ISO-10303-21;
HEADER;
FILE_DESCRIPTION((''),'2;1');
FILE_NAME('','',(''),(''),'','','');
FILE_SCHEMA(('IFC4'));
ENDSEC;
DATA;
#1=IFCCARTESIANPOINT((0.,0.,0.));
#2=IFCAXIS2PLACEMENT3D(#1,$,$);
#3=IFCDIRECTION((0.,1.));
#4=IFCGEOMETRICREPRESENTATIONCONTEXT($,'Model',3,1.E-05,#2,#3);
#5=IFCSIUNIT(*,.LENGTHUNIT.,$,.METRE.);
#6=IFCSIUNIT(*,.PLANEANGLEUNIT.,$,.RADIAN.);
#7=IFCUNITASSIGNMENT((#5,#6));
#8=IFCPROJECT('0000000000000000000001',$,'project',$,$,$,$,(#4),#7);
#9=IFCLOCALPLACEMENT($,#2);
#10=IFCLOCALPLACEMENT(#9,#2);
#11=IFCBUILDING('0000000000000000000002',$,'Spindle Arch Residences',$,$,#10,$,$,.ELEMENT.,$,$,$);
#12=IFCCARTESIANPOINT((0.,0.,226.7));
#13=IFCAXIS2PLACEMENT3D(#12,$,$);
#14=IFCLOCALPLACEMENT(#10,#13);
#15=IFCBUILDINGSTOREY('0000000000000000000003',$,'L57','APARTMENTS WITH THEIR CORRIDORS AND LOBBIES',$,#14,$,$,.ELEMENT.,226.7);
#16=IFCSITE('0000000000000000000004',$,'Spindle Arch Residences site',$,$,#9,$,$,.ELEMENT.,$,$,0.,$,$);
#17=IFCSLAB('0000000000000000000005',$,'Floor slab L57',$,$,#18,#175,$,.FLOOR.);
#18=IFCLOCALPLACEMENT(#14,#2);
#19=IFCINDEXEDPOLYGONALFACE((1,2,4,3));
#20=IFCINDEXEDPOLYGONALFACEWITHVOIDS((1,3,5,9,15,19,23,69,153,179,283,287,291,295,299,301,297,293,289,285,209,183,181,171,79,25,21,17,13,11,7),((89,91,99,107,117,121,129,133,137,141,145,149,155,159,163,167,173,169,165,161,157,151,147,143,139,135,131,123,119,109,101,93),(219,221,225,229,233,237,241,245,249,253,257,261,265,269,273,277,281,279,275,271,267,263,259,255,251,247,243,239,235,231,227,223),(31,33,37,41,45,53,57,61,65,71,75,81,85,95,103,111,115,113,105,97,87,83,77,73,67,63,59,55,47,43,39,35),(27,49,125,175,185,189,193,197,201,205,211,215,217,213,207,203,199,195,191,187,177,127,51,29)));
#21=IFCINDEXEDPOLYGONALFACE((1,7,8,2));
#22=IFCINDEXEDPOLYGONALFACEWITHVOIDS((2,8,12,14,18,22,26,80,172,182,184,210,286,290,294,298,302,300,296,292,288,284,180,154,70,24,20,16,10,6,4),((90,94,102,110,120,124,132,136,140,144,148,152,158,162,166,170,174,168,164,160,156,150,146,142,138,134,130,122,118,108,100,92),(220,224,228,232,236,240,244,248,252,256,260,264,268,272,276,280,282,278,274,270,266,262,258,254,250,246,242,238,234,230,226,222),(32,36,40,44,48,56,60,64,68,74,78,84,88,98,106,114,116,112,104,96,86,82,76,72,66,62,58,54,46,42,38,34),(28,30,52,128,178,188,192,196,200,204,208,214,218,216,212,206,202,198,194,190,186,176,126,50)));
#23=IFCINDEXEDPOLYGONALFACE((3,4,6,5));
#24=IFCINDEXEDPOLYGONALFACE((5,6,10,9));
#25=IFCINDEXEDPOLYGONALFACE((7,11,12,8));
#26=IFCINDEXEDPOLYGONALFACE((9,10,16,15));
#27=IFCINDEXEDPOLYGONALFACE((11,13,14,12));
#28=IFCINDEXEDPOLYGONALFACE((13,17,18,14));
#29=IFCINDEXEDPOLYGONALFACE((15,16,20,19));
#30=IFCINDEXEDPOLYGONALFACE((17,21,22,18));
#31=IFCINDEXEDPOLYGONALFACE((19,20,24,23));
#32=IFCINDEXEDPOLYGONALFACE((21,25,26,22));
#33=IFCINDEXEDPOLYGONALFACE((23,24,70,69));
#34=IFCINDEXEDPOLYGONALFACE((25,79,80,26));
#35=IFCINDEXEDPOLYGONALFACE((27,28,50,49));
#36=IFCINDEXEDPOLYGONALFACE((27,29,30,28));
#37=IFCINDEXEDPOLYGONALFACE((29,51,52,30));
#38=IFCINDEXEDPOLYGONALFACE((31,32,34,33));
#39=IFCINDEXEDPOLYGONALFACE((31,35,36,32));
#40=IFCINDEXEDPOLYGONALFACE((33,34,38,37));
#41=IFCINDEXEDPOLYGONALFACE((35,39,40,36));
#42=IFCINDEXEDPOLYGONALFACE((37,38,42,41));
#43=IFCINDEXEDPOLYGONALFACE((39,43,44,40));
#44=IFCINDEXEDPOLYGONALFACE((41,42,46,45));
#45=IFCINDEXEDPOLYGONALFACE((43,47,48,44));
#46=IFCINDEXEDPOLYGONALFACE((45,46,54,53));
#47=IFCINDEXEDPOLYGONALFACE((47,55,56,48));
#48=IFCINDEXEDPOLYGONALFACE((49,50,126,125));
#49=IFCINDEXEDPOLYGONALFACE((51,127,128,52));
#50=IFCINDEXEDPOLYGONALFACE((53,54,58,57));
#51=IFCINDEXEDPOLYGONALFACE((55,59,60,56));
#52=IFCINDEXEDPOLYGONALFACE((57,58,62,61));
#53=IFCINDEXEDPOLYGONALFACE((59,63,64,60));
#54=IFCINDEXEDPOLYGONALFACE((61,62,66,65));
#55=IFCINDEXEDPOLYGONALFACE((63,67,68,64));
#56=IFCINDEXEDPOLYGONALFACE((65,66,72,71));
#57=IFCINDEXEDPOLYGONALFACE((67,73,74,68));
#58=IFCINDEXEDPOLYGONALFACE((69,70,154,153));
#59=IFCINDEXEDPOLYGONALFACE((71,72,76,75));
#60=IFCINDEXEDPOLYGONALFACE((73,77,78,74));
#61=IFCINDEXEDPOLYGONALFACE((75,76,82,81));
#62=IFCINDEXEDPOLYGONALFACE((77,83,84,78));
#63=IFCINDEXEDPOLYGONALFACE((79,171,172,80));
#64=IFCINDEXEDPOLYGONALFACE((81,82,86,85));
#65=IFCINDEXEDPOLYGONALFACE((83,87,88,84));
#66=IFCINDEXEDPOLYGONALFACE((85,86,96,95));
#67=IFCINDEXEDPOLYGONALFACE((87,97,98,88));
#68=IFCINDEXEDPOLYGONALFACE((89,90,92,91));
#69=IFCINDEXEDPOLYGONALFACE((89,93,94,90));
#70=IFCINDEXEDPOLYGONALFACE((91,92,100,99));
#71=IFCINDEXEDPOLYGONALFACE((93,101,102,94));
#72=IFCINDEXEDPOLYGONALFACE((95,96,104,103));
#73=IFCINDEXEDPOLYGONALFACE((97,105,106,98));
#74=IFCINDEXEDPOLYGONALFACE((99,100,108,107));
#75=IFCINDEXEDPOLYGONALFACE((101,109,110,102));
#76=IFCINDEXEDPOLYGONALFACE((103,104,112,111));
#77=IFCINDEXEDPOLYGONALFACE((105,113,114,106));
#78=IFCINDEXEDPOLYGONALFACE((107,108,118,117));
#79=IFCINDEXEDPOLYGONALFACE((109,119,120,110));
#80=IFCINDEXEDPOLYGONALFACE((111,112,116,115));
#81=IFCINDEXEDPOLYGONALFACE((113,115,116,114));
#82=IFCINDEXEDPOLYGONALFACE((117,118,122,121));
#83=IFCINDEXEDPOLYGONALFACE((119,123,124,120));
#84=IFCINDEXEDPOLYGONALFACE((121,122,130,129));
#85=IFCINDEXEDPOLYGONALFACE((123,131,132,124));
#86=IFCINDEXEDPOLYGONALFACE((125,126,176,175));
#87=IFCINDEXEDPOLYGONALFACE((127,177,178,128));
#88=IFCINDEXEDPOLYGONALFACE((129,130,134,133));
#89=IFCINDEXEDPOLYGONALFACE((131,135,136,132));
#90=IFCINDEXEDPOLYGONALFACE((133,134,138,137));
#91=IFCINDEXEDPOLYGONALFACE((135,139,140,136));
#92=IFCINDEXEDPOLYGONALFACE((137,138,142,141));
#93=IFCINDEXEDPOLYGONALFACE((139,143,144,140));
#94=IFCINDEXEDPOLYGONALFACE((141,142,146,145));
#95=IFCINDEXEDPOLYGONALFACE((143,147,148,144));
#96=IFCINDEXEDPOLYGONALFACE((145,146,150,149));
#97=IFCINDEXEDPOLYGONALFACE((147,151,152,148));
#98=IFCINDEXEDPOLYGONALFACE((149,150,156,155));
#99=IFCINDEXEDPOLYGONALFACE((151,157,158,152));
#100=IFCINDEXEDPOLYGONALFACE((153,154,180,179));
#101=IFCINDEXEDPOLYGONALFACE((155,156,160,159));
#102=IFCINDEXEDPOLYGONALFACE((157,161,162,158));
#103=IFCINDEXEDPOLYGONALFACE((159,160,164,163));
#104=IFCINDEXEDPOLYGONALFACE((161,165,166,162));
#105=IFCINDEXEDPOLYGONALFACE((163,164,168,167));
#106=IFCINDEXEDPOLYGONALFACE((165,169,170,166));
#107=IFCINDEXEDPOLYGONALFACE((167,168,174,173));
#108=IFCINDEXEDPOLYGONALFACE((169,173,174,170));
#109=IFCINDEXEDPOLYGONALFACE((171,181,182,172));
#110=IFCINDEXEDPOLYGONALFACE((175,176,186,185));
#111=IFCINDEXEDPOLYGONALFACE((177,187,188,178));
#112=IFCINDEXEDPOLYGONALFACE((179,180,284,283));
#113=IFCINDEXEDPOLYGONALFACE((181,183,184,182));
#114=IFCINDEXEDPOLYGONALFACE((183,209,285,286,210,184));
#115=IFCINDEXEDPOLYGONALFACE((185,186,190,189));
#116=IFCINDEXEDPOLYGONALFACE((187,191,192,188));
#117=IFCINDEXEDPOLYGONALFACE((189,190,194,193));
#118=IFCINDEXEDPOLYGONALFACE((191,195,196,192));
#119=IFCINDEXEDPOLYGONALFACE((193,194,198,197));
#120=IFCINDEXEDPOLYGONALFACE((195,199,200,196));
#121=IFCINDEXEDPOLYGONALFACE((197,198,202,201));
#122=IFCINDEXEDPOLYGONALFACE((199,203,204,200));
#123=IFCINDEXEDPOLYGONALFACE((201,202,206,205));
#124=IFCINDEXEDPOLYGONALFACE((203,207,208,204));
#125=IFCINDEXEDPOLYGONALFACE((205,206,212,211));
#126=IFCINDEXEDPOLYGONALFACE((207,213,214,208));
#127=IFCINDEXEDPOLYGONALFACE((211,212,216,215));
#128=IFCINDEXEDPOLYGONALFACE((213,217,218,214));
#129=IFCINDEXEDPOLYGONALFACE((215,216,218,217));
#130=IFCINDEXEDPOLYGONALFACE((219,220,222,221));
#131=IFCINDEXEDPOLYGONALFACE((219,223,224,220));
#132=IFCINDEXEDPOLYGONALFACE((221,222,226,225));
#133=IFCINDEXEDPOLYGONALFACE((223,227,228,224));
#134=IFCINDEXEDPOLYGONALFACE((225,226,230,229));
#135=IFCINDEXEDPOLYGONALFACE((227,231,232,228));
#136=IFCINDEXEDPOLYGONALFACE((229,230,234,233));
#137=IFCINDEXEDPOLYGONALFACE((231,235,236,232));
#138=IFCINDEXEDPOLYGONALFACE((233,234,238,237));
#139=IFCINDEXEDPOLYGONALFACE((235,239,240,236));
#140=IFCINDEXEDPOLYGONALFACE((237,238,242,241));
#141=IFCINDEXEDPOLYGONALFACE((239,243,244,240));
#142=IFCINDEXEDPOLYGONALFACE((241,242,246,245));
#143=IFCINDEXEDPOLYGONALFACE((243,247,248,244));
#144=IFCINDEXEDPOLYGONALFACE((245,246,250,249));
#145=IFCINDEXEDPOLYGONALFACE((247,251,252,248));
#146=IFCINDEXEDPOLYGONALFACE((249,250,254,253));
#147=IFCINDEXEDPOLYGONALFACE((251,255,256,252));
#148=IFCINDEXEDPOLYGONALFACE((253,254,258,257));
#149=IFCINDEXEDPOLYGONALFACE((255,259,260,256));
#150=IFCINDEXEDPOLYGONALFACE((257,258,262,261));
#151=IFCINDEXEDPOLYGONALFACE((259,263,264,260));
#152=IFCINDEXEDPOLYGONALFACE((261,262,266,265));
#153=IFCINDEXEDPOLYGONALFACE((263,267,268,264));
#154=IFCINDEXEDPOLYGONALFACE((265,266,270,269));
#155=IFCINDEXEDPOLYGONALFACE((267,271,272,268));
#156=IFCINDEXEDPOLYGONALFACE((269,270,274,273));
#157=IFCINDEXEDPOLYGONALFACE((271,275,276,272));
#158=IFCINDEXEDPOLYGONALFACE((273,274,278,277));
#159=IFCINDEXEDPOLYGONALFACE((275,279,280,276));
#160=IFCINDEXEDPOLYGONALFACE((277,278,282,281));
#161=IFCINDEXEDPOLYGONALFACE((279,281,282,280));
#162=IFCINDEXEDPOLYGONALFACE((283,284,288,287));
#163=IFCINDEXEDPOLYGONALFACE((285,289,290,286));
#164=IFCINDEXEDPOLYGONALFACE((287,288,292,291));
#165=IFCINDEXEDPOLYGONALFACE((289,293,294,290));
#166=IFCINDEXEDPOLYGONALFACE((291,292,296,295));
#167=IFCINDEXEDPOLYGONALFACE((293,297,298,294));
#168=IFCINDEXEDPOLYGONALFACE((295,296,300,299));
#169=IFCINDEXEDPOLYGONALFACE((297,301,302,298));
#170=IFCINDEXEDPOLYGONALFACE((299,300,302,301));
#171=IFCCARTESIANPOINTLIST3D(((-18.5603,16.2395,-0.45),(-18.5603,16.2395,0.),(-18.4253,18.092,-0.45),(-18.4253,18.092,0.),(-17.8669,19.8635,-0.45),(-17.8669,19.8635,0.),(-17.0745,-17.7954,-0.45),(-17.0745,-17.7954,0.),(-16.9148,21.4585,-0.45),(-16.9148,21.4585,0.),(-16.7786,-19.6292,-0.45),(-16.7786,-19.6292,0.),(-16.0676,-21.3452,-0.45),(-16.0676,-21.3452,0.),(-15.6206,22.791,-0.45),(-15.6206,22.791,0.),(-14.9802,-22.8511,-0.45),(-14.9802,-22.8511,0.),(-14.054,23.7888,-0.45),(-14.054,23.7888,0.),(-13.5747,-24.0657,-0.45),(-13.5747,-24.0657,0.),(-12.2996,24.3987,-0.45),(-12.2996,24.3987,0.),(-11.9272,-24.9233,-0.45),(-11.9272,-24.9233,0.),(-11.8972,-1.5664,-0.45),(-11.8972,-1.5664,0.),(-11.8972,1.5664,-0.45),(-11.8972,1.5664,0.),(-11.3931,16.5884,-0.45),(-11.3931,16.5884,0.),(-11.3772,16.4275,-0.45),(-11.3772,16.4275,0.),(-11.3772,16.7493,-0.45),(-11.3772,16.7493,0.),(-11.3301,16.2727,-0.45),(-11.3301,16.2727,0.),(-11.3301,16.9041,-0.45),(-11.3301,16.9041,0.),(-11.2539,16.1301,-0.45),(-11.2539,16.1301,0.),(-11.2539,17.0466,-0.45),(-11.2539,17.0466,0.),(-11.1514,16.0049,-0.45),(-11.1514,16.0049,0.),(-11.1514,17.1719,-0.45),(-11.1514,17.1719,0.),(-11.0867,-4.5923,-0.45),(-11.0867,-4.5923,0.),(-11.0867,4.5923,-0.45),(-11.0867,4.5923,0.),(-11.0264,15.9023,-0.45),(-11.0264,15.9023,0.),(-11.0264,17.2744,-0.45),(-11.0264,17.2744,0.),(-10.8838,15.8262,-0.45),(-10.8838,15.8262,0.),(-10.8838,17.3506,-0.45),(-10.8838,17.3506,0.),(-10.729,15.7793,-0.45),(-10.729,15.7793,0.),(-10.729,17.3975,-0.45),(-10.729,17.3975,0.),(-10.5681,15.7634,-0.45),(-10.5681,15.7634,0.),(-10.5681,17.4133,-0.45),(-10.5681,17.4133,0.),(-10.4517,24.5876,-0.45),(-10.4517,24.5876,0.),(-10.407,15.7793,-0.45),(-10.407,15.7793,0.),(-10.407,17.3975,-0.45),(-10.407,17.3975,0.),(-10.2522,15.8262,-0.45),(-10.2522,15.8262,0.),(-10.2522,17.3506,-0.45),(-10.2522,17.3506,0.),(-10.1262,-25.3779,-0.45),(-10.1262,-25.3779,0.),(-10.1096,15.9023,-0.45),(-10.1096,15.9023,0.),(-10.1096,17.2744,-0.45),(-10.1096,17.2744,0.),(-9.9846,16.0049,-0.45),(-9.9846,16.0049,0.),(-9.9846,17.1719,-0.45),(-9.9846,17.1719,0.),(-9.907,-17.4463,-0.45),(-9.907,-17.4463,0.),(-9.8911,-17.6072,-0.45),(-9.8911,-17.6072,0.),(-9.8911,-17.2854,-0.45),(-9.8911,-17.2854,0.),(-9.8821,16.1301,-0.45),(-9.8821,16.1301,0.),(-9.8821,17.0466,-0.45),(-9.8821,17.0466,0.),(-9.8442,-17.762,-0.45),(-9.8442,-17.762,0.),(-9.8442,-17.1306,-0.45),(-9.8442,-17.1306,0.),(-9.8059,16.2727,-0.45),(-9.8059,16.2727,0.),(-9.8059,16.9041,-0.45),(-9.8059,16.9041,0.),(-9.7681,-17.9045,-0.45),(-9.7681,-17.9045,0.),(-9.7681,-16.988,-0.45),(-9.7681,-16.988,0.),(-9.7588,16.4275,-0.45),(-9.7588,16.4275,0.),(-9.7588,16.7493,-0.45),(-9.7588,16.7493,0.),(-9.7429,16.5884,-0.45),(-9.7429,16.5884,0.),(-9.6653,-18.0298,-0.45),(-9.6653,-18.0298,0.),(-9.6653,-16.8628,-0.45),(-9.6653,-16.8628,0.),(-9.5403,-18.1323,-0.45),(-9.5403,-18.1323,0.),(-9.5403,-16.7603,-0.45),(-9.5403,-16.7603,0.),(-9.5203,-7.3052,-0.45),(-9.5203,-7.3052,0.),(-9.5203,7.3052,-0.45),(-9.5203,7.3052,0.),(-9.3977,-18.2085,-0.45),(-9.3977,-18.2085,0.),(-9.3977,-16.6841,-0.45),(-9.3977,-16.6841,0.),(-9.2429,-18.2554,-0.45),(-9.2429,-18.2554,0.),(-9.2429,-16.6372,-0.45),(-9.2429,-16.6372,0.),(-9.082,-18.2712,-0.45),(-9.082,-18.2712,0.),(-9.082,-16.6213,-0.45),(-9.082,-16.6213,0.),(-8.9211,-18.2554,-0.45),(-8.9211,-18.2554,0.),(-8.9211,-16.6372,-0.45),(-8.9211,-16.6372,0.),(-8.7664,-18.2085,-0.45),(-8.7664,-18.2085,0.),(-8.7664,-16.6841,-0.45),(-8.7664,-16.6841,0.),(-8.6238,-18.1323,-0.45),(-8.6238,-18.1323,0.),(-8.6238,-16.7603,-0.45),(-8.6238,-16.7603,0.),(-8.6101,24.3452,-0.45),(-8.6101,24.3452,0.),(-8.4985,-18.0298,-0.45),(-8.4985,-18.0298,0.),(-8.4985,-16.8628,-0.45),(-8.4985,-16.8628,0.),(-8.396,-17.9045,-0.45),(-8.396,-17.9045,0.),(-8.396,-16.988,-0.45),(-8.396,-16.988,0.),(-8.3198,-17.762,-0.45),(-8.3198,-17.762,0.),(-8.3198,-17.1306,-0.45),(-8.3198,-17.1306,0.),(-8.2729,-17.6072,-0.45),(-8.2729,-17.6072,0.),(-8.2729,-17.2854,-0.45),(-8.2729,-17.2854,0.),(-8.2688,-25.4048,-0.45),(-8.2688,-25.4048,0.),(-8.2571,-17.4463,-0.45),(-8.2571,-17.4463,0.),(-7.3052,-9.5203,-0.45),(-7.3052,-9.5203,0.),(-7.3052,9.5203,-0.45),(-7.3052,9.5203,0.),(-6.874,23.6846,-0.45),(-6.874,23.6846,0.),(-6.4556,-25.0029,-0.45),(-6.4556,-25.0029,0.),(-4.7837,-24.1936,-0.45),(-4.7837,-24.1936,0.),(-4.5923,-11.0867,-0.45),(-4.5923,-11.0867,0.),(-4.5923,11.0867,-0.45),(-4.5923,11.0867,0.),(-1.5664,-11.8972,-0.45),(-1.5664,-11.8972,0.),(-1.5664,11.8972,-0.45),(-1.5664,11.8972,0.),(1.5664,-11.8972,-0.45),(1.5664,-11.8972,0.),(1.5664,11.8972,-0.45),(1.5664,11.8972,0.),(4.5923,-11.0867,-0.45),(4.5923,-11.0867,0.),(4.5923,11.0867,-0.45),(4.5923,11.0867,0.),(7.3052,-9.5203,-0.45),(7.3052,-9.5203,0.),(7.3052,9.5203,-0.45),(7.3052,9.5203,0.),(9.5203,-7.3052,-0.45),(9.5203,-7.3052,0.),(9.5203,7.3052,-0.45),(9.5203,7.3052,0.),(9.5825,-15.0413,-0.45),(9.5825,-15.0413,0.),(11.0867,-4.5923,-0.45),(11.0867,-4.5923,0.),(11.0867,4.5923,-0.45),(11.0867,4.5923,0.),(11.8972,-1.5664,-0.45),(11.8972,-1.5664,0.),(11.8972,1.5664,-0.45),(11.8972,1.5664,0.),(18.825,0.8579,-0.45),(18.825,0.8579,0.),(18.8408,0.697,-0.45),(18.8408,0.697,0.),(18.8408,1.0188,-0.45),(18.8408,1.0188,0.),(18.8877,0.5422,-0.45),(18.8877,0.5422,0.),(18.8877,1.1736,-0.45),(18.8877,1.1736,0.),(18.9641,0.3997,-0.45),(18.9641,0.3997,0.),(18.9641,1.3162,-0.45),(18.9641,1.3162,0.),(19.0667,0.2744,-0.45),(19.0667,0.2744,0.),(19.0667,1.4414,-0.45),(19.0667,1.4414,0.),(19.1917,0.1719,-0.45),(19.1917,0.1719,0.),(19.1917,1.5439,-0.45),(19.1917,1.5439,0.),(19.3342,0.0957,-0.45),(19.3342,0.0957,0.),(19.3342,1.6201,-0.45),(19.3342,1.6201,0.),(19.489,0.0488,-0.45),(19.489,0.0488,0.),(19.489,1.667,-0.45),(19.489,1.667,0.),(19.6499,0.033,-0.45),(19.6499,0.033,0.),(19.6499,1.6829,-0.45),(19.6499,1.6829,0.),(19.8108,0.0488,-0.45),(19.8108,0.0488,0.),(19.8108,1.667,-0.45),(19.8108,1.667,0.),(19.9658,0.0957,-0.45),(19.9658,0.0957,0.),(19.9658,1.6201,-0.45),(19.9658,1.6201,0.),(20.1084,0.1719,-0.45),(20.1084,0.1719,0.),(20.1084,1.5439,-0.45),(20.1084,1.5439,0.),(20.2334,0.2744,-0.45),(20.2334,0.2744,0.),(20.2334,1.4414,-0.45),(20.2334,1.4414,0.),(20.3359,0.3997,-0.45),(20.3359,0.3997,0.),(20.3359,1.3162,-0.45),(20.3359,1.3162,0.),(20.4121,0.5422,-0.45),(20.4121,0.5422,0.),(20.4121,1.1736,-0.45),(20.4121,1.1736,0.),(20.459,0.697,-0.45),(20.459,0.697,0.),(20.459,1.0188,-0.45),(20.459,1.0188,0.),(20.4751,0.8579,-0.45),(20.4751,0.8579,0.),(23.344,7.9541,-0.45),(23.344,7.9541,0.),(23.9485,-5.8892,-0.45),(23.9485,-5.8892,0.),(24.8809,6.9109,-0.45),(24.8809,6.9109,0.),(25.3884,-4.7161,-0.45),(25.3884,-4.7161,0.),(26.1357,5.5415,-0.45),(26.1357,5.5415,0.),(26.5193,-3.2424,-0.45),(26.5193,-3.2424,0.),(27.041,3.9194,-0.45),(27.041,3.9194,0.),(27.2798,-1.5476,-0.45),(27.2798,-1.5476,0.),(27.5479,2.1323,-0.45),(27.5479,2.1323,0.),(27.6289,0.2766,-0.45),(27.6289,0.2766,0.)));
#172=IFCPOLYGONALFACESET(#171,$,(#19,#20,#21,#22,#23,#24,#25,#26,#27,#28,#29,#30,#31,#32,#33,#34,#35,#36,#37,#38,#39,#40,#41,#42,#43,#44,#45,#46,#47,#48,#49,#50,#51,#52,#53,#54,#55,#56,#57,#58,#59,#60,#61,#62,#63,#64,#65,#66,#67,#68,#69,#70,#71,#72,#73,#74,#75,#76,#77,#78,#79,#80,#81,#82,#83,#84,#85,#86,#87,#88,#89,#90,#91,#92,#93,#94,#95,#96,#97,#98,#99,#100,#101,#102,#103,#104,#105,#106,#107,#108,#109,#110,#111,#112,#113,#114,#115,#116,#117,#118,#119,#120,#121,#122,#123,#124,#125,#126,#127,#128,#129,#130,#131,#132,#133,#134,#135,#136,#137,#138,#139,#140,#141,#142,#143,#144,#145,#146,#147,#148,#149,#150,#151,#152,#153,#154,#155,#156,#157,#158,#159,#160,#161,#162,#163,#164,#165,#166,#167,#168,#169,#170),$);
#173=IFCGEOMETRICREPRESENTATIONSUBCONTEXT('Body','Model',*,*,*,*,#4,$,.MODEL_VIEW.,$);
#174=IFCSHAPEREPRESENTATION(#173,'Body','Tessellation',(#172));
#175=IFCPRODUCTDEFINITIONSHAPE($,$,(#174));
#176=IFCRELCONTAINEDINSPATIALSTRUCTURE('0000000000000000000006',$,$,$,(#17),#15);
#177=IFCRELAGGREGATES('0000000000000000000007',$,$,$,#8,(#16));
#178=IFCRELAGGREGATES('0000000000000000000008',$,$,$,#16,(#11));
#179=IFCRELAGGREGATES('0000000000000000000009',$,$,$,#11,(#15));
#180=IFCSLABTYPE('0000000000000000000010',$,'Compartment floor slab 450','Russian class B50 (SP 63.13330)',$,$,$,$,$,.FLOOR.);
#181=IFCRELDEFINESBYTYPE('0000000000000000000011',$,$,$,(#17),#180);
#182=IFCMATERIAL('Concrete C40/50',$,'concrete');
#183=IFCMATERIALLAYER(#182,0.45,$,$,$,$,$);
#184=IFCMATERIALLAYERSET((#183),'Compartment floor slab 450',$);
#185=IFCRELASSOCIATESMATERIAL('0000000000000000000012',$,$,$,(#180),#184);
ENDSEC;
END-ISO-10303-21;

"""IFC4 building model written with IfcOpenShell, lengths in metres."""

from ifc_helpers import new_model, si_unit, direction, frame, origin, place, context, subcontext, project, spatial, polyline, outline, extrude, material, layer, layer_set, type_object, element, save


model = new_model("IFC4")

# Units and contexts
model_context = context("Model", 3, precision=1e-05, world=origin(), true_north=direction((0.0, 1.0)))
body_context = subcontext(model_context, "Body", "Model", "MODEL_VIEW")
ifc_project = project(units=[si_unit("LENGTHUNIT", "METRE"), si_unit("PLANEANGLEUNIT", "RADIAN")], contexts=[model_context])

# Site, building, storey
site_placement = place(None, origin())
site = spatial("IfcSite", under=ifc_project, at=site_placement, Name="Spindle Arch Residences site", CompositionType="ELEMENT", RefElevation=0.0)
building_placement = place(site_placement, origin())
building = spatial("IfcBuilding", under=site, at=building_placement, Name="Spindle Arch Residences", CompositionType="ELEMENT")
storey_placement = place(building_placement, frame((0.0, 0.0, 226.7)))
storey = spatial("IfcBuildingStorey", under=building, at=storey_placement, Name="L57", Description="APARTMENTS WITH THEIR CORRIDORS AND LOBBIES", CompositionType="ELEMENT", Elevation=226.7)

# Slab
ifc_material_1 = material(Name="Concrete C40/50", Category="concrete")
ifc_layer_1 = layer(ifc_material_1, 0.45)
ifc_layer_set_1 = layer_set([ifc_layer_1], Name="Compartment floor slab 450")
slab_type_1 = type_object("IfcSlabType", Name="Compartment floor slab 450", Description="Russian class B50 (SP 63.13330)", PredefinedType="FLOOR", material=ifc_layer_set_1)
slab_1_placement = place(storey_placement, frame((0.0, 0.0, -0.45)))
element("IfcSlab", 1, at=slab_1_placement, inside=storey, type_object=slab_type_1, Name="Floor slab L57", PredefinedType="FLOOR", context=body_context, shape_type="SweptSolid", body=[
    extrude(outline(polyline([(-6.4556, -25.0029), (-8.2688, -25.4048), (-10.1262, -25.3779), (-11.9272, -24.9233), (-13.5747, -24.0657), (-14.9802, -22.8511), (-16.0676, -21.3452), (-16.7786, -19.6292), (-17.0745, -17.7954), (-18.5603, 16.2395), (-18.4253, 18.092), (-17.8669, 19.8635), (-16.9148, 21.4585), (-15.6206, 22.791), (-14.054, 23.7888), (-12.2996, 24.3987), (-10.4517, 24.5876), (-8.6101, 24.3452), (-6.874, 23.6846), (23.344, 7.9541), (24.8809, 6.9109), (26.1357, 5.5415), (27.041, 3.9194), (27.5479, 2.1323), (27.6289, 0.2766), (27.2798, -1.5476), (26.5193, -3.2424), (25.3884, -4.7161), (23.9485, -5.8892), (9.5825, -15.0413), (-4.7837, -24.1936), (-6.4556, -25.0029)]), holes=[polyline([(7.3052, -9.5203), (9.5203, -7.3052), (11.0867, -4.5923), (11.8972, -1.5664), (11.8972, 1.5664), (11.0867, 4.5923), (9.5203, 7.3052), (7.3052, 9.5203), (4.5923, 11.0867), (1.5664, 11.8972), (-1.5664, 11.8972), (-4.5923, 11.0867), (-7.3052, 9.5203), (-9.5203, 7.3052), (-11.0867, 4.5923), (-11.8972, 1.5664), (-11.8972, -1.5664), (-11.0867, -4.5923), (-9.5203, -7.3052), (-7.3052, -9.5203), (-4.5923, -11.0867), (-1.5664, -11.8972), (1.5664, -11.8972), (4.5923, -11.0867), (7.3052, -9.5203)]), polyline([(-8.396, -17.9045), (-8.3198, -17.762), (-8.2729, -17.6072), (-8.2571, -17.4463), (-8.2729, -17.2854), (-8.3198, -17.1306), (-8.396, -16.988), (-8.4985, -16.8628), (-8.6238, -16.7603), (-8.7664, -16.6841), (-8.9211, -16.6372), (-9.082, -16.6213), (-9.2429, -16.6372), (-9.3977, -16.6841), (-9.5403, -16.7603), (-9.6653, -16.8628), (-9.7681, -16.988), (-9.8442, -17.1306), (-9.8911, -17.2854), (-9.907, -17.4463), (-9.8911, -17.6072), (-9.8442, -17.762), (-9.7681, -17.9045), (-9.6653, -18.0298), (-9.5403, -18.1323), (-9.3977, -18.2085), (-9.2429, -18.2554), (-9.082, -18.2712), (-8.9211, -18.2554), (-8.7664, -18.2085), (-8.6238, -18.1323), (-8.4985, -18.0298), (-8.396, -17.9045)]), polyline([(-9.8821, 16.1301), (-9.8059, 16.2727), (-9.7588, 16.4275), (-9.7429, 16.5884), (-9.7588, 16.7493), (-9.8059, 16.9041), (-9.8821, 17.0466), (-9.9846, 17.1719), (-10.1096, 17.2744), (-10.2522, 17.3506), (-10.407, 17.3975), (-10.5681, 17.4133), (-10.729, 17.3975), (-10.8838, 17.3506), (-11.0264, 17.2744), (-11.1514, 17.1719), (-11.2539, 17.0466), (-11.3301, 16.9041), (-11.3772, 16.7493), (-11.3931, 16.5884), (-11.3772, 16.4275), (-11.3301, 16.2727), (-11.2539, 16.1301), (-11.1514, 16.0049), (-11.0264, 15.9023), (-10.8838, 15.8262), (-10.729, 15.7793), (-10.5681, 15.7634), (-10.407, 15.7793), (-10.2522, 15.8262), (-10.1096, 15.9023), (-9.9846, 16.0049), (-9.8821, 16.1301)]), polyline([(20.2334, 0.2744), (20.3359, 0.3997), (20.4121, 0.5422), (20.459, 0.697), (20.4751, 0.8579), (20.459, 1.0188), (20.4121, 1.1736), (20.3359, 1.3162), (20.2334, 1.4414), (20.1084, 1.5439), (19.9658, 1.6201), (19.8108, 1.667), (19.6499, 1.6829), (19.489, 1.667), (19.3342, 1.6201), (19.1917, 1.5439), (19.0667, 1.4414), (18.9641, 1.3162), (18.8877, 1.1736), (18.8408, 1.0188), (18.825, 0.8579), (18.8408, 0.697), (18.8877, 0.5422), (18.9641, 0.3997), (19.0667, 0.2744), (19.1917, 0.1719), (19.3342, 0.0957), (19.489, 0.0488), (19.6499, 0.033), (19.8108, 0.0488), (19.9658, 0.0957), (20.1084, 0.1719), (20.2334, 0.2744)])]), origin(), (0.0, 0.0, 1.0), 0.45),
])

save(model, "model.ifc")
